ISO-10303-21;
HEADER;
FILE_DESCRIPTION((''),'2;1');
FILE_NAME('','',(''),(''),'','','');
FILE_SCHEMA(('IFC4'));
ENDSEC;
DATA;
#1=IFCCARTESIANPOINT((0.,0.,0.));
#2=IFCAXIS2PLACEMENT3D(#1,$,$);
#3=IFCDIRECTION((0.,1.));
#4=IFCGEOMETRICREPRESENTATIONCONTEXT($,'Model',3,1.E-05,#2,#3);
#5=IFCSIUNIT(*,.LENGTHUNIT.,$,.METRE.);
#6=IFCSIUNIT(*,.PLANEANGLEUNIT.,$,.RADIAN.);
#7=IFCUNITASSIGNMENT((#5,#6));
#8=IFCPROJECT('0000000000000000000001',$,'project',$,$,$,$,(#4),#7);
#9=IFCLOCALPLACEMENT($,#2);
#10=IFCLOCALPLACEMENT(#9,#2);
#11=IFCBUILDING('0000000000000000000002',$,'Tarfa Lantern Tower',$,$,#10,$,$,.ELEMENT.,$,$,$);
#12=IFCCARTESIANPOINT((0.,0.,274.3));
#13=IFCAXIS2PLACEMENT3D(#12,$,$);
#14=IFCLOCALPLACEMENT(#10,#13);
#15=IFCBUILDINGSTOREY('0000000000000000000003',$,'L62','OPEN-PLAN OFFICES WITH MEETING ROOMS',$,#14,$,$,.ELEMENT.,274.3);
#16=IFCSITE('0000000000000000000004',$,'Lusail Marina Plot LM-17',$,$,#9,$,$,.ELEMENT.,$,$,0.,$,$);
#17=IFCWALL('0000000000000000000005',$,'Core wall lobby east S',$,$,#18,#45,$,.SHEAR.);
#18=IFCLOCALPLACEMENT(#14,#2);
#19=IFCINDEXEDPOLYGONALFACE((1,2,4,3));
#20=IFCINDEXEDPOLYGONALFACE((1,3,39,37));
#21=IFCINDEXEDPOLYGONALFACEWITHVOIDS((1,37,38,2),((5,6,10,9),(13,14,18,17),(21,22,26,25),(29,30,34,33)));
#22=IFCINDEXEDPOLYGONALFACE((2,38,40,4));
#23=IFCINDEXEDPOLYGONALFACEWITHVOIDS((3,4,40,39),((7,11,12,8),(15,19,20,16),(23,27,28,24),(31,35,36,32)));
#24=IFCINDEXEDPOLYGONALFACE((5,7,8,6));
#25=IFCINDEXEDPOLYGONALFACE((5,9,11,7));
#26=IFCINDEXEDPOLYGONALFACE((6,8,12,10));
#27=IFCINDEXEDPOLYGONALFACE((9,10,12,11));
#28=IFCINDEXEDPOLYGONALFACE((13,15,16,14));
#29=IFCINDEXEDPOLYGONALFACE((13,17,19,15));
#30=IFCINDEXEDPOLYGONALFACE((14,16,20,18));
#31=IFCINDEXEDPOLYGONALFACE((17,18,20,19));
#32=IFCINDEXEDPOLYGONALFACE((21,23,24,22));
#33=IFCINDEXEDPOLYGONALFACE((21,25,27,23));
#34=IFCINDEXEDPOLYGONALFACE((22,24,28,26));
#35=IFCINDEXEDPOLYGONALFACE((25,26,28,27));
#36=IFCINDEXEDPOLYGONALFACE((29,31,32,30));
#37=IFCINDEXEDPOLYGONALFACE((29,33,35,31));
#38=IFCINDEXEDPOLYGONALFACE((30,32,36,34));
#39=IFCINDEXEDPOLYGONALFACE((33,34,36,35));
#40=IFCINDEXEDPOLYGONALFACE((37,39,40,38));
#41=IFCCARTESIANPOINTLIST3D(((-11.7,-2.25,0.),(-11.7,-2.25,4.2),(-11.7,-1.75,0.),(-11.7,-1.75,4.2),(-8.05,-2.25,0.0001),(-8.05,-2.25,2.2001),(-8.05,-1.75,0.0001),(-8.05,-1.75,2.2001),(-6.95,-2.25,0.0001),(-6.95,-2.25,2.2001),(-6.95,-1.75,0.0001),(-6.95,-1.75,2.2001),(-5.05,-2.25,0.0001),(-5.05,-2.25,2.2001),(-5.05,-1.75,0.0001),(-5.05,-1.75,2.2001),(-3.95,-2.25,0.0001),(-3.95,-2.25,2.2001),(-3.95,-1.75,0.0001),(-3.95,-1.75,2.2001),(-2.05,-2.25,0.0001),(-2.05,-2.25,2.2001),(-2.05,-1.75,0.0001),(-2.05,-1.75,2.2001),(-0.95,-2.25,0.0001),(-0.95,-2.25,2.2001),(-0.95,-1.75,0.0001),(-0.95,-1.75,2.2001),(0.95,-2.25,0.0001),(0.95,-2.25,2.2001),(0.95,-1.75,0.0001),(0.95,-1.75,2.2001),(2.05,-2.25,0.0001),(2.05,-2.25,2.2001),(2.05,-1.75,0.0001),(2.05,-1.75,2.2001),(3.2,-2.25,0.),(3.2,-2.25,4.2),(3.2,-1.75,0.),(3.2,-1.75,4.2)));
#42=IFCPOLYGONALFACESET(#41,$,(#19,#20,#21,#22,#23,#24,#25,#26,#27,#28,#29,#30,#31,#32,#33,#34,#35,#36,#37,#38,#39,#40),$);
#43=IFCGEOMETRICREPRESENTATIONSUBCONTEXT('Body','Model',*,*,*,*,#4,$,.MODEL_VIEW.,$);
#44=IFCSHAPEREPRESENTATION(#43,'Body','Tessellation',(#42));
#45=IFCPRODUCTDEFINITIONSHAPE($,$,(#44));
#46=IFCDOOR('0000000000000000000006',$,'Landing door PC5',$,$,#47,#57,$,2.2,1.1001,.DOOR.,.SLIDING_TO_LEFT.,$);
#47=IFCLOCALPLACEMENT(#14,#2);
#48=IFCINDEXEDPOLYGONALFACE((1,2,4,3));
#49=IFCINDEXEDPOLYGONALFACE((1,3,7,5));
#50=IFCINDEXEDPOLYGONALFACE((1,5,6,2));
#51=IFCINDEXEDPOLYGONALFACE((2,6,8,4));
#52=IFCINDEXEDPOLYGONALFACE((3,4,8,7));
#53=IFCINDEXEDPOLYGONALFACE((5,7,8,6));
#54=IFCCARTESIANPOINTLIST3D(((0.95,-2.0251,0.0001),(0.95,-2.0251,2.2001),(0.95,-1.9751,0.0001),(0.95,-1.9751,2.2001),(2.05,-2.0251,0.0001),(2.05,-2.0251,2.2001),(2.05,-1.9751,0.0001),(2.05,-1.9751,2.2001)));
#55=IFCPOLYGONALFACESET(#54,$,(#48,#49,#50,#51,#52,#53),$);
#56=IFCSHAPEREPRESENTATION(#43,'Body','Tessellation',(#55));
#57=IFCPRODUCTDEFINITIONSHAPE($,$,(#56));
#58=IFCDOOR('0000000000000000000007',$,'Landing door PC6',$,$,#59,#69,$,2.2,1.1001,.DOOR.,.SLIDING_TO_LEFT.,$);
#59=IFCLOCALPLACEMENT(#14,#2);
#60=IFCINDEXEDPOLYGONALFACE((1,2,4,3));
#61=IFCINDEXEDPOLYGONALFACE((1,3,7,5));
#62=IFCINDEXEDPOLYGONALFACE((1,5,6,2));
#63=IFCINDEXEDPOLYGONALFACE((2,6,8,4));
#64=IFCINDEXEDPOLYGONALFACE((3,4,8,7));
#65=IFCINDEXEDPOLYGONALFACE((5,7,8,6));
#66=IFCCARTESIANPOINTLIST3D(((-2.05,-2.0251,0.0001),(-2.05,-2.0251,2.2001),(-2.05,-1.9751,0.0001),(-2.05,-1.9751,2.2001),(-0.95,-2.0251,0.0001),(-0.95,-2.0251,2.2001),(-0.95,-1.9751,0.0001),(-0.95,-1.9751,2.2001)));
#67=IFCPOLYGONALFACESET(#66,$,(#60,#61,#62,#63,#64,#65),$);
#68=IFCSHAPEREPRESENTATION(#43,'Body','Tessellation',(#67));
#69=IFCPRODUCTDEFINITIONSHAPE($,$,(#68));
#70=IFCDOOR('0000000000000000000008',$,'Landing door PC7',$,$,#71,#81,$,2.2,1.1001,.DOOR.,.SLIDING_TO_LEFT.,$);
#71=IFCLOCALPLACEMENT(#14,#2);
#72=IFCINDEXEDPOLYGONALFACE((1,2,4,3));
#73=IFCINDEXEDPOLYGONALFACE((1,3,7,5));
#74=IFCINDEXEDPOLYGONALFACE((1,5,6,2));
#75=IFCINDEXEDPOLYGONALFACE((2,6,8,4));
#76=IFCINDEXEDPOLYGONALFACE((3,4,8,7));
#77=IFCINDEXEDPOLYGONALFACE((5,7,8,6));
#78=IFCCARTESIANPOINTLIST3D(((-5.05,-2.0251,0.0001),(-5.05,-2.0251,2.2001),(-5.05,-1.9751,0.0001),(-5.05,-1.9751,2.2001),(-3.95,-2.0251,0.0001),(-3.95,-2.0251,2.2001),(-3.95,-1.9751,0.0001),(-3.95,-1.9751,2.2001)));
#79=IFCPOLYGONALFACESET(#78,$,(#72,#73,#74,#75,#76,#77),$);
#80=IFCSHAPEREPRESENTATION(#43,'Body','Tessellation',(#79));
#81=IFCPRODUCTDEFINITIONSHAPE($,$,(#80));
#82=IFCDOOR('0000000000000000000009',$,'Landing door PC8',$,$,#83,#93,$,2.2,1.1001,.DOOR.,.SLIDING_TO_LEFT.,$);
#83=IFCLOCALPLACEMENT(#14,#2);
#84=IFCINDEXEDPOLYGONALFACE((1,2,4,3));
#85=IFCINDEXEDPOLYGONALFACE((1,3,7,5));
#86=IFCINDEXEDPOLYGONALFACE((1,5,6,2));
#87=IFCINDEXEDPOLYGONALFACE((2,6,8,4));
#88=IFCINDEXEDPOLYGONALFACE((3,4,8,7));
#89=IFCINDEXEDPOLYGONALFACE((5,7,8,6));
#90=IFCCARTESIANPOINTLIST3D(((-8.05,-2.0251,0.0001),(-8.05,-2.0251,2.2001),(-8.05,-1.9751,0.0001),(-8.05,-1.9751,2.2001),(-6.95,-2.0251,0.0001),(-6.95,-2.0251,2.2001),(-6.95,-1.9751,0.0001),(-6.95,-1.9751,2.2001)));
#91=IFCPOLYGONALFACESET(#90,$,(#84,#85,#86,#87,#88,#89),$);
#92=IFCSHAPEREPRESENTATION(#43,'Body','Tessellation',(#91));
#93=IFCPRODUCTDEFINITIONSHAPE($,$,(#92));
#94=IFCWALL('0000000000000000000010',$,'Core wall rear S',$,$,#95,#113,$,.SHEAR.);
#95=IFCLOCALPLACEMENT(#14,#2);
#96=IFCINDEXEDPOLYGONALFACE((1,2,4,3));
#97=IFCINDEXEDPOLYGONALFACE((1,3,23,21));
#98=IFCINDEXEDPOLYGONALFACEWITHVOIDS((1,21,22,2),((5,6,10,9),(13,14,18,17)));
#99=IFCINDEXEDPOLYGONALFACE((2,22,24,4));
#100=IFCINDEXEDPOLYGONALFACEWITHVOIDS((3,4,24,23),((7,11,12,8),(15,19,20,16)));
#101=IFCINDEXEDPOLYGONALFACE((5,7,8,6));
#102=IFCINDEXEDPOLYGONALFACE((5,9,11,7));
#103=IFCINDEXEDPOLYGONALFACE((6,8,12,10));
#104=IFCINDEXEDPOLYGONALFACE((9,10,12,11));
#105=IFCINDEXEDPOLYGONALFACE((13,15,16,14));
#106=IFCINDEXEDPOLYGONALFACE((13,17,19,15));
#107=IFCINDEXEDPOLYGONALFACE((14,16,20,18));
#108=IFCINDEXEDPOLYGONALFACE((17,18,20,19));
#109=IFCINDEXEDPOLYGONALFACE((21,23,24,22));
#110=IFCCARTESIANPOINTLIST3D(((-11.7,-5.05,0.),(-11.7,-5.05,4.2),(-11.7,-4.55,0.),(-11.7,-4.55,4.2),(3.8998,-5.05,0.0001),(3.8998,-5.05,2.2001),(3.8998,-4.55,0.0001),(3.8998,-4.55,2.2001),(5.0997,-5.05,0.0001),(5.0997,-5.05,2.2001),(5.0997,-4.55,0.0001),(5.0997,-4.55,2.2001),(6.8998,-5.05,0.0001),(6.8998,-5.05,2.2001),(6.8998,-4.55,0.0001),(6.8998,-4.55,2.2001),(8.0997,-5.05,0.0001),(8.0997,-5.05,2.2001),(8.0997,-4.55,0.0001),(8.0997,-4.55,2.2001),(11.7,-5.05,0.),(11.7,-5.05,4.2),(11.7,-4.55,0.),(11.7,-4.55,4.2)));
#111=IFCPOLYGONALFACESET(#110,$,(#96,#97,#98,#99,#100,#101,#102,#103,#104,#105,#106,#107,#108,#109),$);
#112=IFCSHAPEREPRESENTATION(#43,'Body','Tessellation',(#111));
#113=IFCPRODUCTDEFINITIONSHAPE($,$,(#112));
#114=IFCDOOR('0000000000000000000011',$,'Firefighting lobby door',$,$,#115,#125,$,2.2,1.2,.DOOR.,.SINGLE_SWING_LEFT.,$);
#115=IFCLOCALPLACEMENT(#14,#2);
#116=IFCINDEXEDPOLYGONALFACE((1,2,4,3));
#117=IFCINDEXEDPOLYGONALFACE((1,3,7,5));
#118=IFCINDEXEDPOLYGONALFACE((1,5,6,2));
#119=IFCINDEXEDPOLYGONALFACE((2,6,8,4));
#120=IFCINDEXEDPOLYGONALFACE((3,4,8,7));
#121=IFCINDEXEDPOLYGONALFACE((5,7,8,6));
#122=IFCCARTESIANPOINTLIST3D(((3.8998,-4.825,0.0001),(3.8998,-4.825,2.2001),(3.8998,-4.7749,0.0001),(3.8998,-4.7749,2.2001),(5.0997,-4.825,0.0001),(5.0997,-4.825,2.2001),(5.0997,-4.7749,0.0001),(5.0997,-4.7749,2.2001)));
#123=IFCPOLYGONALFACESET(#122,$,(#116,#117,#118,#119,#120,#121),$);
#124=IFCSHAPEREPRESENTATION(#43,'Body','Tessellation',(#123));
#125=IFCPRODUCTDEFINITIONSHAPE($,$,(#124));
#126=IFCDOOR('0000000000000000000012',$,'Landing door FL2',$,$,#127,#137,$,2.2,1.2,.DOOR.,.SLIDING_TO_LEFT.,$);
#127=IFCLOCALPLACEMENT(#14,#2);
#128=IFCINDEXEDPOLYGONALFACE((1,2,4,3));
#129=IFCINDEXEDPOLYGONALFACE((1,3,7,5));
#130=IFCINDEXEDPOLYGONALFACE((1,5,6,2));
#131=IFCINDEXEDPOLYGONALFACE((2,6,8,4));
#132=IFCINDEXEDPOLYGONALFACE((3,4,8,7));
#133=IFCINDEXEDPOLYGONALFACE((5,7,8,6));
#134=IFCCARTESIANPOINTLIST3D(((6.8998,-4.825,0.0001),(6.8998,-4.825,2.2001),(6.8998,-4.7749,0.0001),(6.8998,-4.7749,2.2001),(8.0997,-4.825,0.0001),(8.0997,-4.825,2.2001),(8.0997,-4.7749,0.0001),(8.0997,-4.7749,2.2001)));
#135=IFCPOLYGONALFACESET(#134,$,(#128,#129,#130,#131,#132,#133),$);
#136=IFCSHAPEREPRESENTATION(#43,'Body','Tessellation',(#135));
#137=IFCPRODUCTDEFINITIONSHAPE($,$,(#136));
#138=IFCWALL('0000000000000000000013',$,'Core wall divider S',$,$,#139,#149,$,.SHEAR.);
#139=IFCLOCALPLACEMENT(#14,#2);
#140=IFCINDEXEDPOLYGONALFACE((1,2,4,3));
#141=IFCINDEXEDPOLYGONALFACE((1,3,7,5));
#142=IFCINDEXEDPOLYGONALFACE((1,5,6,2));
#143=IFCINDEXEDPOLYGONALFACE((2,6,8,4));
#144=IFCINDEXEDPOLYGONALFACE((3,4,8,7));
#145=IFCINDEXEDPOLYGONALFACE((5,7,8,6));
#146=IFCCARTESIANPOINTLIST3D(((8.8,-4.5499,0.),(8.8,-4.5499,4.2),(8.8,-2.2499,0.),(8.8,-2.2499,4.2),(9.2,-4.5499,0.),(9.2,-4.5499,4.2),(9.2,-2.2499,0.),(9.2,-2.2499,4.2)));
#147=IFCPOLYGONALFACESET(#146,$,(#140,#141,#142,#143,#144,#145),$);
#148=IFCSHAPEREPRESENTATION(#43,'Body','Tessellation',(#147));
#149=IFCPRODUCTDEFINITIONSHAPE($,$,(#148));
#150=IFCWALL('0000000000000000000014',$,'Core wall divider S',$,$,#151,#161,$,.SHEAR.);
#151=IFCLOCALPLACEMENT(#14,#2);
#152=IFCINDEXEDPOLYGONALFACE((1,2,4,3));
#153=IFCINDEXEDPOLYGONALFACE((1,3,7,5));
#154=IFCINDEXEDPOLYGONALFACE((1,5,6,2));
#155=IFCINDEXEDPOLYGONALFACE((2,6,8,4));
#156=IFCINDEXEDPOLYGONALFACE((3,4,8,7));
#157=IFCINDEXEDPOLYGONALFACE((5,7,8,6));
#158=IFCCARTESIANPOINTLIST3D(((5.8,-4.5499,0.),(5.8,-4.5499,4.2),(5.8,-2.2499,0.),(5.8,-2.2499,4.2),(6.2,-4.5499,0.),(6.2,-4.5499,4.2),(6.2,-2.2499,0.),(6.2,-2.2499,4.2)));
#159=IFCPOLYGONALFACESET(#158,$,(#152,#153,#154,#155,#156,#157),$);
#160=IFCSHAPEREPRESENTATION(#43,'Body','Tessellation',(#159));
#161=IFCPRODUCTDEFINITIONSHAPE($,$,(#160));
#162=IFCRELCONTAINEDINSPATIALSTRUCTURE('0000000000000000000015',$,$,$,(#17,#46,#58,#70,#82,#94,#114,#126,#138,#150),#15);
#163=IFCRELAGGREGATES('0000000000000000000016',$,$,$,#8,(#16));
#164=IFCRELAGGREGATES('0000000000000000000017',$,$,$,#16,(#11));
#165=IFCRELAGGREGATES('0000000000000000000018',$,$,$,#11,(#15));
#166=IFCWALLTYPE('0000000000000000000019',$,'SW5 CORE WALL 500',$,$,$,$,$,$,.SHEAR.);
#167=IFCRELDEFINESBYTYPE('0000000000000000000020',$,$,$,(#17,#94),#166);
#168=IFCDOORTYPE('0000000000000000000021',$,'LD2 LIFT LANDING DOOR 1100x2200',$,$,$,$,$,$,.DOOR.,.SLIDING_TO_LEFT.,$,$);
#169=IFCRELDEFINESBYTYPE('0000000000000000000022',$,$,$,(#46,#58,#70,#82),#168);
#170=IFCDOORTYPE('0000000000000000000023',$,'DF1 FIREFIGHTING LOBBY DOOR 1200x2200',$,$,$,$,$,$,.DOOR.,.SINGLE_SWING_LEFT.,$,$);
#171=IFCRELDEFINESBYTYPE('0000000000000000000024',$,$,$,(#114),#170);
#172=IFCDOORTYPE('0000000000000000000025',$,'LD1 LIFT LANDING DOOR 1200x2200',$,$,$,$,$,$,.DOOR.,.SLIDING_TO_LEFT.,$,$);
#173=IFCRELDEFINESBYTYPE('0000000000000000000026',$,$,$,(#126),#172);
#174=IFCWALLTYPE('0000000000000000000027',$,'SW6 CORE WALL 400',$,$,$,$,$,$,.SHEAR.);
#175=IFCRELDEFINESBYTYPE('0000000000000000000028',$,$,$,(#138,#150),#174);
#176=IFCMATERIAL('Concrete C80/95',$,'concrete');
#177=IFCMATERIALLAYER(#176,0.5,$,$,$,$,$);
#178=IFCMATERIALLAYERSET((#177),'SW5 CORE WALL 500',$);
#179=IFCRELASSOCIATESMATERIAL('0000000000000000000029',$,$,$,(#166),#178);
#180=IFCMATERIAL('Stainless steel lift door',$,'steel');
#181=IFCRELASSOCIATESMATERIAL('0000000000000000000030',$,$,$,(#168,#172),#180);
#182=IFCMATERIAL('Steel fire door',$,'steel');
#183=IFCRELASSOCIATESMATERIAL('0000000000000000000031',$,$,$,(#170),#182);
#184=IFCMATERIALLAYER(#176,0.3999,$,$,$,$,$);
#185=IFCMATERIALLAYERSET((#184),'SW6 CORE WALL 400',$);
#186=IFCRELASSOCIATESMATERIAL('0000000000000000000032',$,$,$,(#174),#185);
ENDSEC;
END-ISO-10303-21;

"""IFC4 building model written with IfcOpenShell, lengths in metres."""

from ifc_helpers import new_model, si_unit, direction, frame, frame_2d, origin, place, context, subcontext, project, spatial, rectangle, extrude, material, layer, layer_set, type_object, element, fill, save


model = new_model("IFC4")

# Units and contexts
model_context = context("Model", 3, precision=1e-05, world=origin(), true_north=direction((0.0, 1.0)))
body_context = subcontext(model_context, "Body", "Model", "MODEL_VIEW")
ifc_project = project(units=[si_unit("LENGTHUNIT", "METRE"), si_unit("PLANEANGLEUNIT", "RADIAN")], contexts=[model_context])

# Site, building, storey
site_placement = place(None, origin())
site = spatial("IfcSite", under=ifc_project, at=site_placement, Name="Lusail Marina Plot LM-17", CompositionType="ELEMENT", RefElevation=0.0)
building_placement = place(site_placement, origin())
building = spatial("IfcBuilding", under=site, at=building_placement, Name="Tarfa Lantern Tower", CompositionType="ELEMENT")
storey_placement = place(building_placement, frame((0.0, 0.0, 274.3)))
storey = spatial("IfcBuildingStorey", under=building, at=storey_placement, Name="L62", Description="OPEN-PLAN OFFICES WITH MEETING ROOMS", CompositionType="ELEMENT", Elevation=274.3)

# Shared definitions
ifc_material_1 = material(Name="Concrete C80/95", Category="concrete")

# Shared definitions
ifc_material_2 = material(Name="Steel fire door", Category="steel")

# Shared definitions
ifc_layer_1 = layer(ifc_material_1, 0.5)
ifc_layer_set_1 = layer_set([ifc_layer_1], Name="SW5 CORE WALL 500")
wall_type_1 = type_object("IfcWallType", Name="SW5 CORE WALL 500", PredefinedType="SHEAR", material=ifc_layer_set_1)

# Walls, openings, doors
wall_1_placement = place(storey_placement, frame((3.2, -2.0, 0.0), z_axis=(0.0, 0.0, 1.0), x_axis=(-1.0, 0.0, 0.0)))
wall_1 = element("IfcWall", 1, at=wall_1_placement, inside=storey, type_object=wall_type_1, Name="Core wall lobby east S", PredefinedType="SHEAR", context=body_context, shape_type="SweptSolid", body=[
    extrude(rectangle(XDim=14.8999, YDim=0.5, at=frame_2d((7.45, 0.0))), origin(), (0.0, 0.0, 1.0), 4.2),
])
opening_1_placement = place(wall_1_placement, frame((1.1499, 0.0, 0.0)))
opening_1 = element("IfcOpeningElement", 2, at=opening_1_placement, cuts=wall_1, PredefinedType="OPENING", context=body_context, shape_type="SweptSolid", body=[
    extrude(rectangle(XDim=1.1001, YDim=2.2, at=frame_2d((0.55, 1.1001))), frame((0.0, 0.26, 0.0), z_axis=(0.0, -1.0, 0.0), x_axis=(1.0, 0.0, 0.0)), (0.0, 0.0, 1.0), 0.52),
])
opening_2_placement = place(wall_1_placement, frame((4.1499, 0.0, 0.0)))
opening_2 = element("IfcOpeningElement", 3, at=opening_2_placement, cuts=wall_1, PredefinedType="OPENING", context=body_context, shape_type="SweptSolid", body=[
    extrude(rectangle(XDim=1.1001, YDim=2.2, at=frame_2d((0.55, 1.1001))), frame((0.0, 0.26, 0.0), z_axis=(0.0, -1.0, 0.0), x_axis=(1.0, 0.0, 0.0)), (0.0, 0.0, 1.0), 0.52),
])
opening_3_placement = place(wall_1_placement, frame((7.1499, 0.0, 0.0)))
opening_3 = element("IfcOpeningElement", 4, at=opening_3_placement, cuts=wall_1, PredefinedType="OPENING", context=body_context, shape_type="SweptSolid", body=[
    extrude(rectangle(XDim=1.1001, YDim=2.2, at=frame_2d((0.55, 1.1001))), frame((0.0, 0.26, 0.0), z_axis=(0.0, -1.0, 0.0), x_axis=(1.0, 0.0, 0.0)), (0.0, 0.0, 1.0), 0.52),
])
opening_4_placement = place(wall_1_placement, frame((10.1499, 0.0, 0.0)))
opening_4 = element("IfcOpeningElement", 5, at=opening_4_placement, cuts=wall_1, PredefinedType="OPENING", context=body_context, shape_type="SweptSolid", body=[
    extrude(rectangle(XDim=1.1001, YDim=2.2, at=frame_2d((0.55, 1.1001))), frame((0.0, 0.26, 0.0), z_axis=(0.0, -1.0, 0.0), x_axis=(1.0, 0.0, 0.0)), (0.0, 0.0, 1.0), 0.52),
])
ifc_material_3 = material(Name="Stainless steel lift door", Category="steel")
door_type_1 = type_object("IfcDoorType", Name="LD2 LIFT LANDING DOOR 1100x2200", OperationType="SLIDING_TO_LEFT", PredefinedType="DOOR", material=ifc_material_3)
door_1_placement = place(opening_1_placement, frame((1.1001, 0.0, 0.0), z_axis=(0.0, 0.0, 1.0), x_axis=(-1.0, 0.0, 0.0)))
door_1 = element("IfcDoor", 6, at=door_1_placement, inside=storey, type_object=door_type_1, Name="Landing door PC5", OperationType="SLIDING_TO_LEFT", OverallHeight=2.2, OverallWidth=1.1001, PredefinedType="DOOR", context=body_context, shape_type="SweptSolid", body=[
    extrude(rectangle(XDim=1.1001, YDim=2.2, at=frame_2d((0.55, 1.1001))), frame((0.0, 0.0249, 0.0), z_axis=(0.0, -1.0, 0.0), x_axis=(1.0, 0.0, 0.0)), (0.0, 0.0, 1.0), 0.05),
])
fill(opening_1, door_1)
door_2_placement = place(opening_2_placement, frame((1.1001, 0.0, 0.0), z_axis=(0.0, 0.0, 1.0), x_axis=(-1.0, 0.0, 0.0)))
door_2 = element("IfcDoor", 7, at=door_2_placement, inside=storey, type_object=door_type_1, Name="Landing door PC6", OperationType="SLIDING_TO_LEFT", OverallHeight=2.2, OverallWidth=1.1001, PredefinedType="DOOR", context=body_context, shape_type="SweptSolid", body=[
    extrude(rectangle(XDim=1.1001, YDim=2.2, at=frame_2d((0.55, 1.1001))), frame((0.0, 0.0249, 0.0), z_axis=(0.0, -1.0, 0.0), x_axis=(1.0, 0.0, 0.0)), (0.0, 0.0, 1.0), 0.05),
])
fill(opening_2, door_2)
door_3_placement = place(opening_3_placement, frame((1.1001, 0.0, 0.0), z_axis=(0.0, 0.0, 1.0), x_axis=(-1.0, 0.0, 0.0)))
door_3 = element("IfcDoor", 8, at=door_3_placement, inside=storey, type_object=door_type_1, Name="Landing door PC7", OperationType="SLIDING_TO_LEFT", OverallHeight=2.2, OverallWidth=1.1001, PredefinedType="DOOR", context=body_context, shape_type="SweptSolid", body=[
    extrude(rectangle(XDim=1.1001, YDim=2.2, at=frame_2d((0.55, 1.1001))), frame((0.0, 0.0249, 0.0), z_axis=(0.0, -1.0, 0.0), x_axis=(1.0, 0.0, 0.0)), (0.0, 0.0, 1.0), 0.05),
])
fill(opening_3, door_3)
door_4_placement = place(opening_4_placement, frame((1.1001, 0.0, 0.0), z_axis=(0.0, 0.0, 1.0), x_axis=(-1.0, 0.0, 0.0)))
door_4 = element("IfcDoor", 9, at=door_4_placement, inside=storey, type_object=door_type_1, Name="Landing door PC8", OperationType="SLIDING_TO_LEFT", OverallHeight=2.2, OverallWidth=1.1001, PredefinedType="DOOR", context=body_context, shape_type="SweptSolid", body=[
    extrude(rectangle(XDim=1.1001, YDim=2.2, at=frame_2d((0.55, 1.1001))), frame((0.0, 0.0249, 0.0), z_axis=(0.0, -1.0, 0.0), x_axis=(1.0, 0.0, 0.0)), (0.0, 0.0, 1.0), 0.05),
])
fill(opening_4, door_4)
wall_2_placement = place(storey_placement, frame((11.7, -4.8, 0.0), z_axis=(0.0, 0.0, 1.0), x_axis=(-1.0, 0.0, 0.0)))
wall_2 = element("IfcWall", 10, at=wall_2_placement, inside=storey, type_object=wall_type_1, Name="Core wall rear S", PredefinedType="SHEAR", context=body_context, shape_type="SweptSolid", body=[
    extrude(rectangle(XDim=23.3999, YDim=0.5, at=frame_2d((11.7, 0.0))), origin(), (0.0, 0.0, 1.0), 4.2),
])
opening_5_placement = place(wall_2_placement, frame((6.6001, 0.0, 0.0)))
opening_5 = element("IfcOpeningElement", 11, at=opening_5_placement, cuts=wall_2, PredefinedType="OPENING", context=body_context, shape_type="SweptSolid", body=[
    extrude(rectangle(XDim=1.2, YDim=2.2, at=frame_2d((0.6001, 1.1001))), frame((0.0, 0.26, 0.0), z_axis=(0.0, -1.0, 0.0), x_axis=(1.0, 0.0, 0.0)), (0.0, 0.0, 1.0), 0.52),
])
opening_6_placement = place(wall_2_placement, frame((3.6001, 0.0, 0.0)))
opening_6 = element("IfcOpeningElement", 12, at=opening_6_placement, cuts=wall_2, PredefinedType="OPENING", context=body_context, shape_type="SweptSolid", body=[
    extrude(rectangle(XDim=1.2, YDim=2.2, at=frame_2d((0.6001, 1.1001))), frame((0.0, 0.26, 0.0), z_axis=(0.0, -1.0, 0.0), x_axis=(1.0, 0.0, 0.0)), (0.0, 0.0, 1.0), 0.52),
])
door_type_2 = type_object("IfcDoorType", Name="DF1 FIREFIGHTING LOBBY DOOR 1200x2200", OperationType="SINGLE_SWING_LEFT", PredefinedType="DOOR", material=ifc_material_2)
door_5_placement = place(opening_5_placement, origin())
door_5 = element("IfcDoor", 13, at=door_5_placement, inside=storey, type_object=door_type_2, Name="Firefighting lobby door", OperationType="SINGLE_SWING_LEFT", OverallHeight=2.2, OverallWidth=1.2, PredefinedType="DOOR", context=body_context, shape_type="SweptSolid", body=[
    extrude(rectangle(XDim=1.2, YDim=2.2, at=frame_2d((0.6001, 1.1001))), frame((0.0, 0.0249, 0.0), z_axis=(0.0, -1.0, 0.0), x_axis=(1.0, 0.0, 0.0)), (0.0, 0.0, 1.0), 0.05),
])
fill(opening_5, door_5)
door_type_3 = type_object("IfcDoorType", Name="LD1 LIFT LANDING DOOR 1200x2200", OperationType="SLIDING_TO_LEFT", PredefinedType="DOOR", material=ifc_material_3)
door_6_placement = place(opening_6_placement, origin())
door_6 = element("IfcDoor", 14, at=door_6_placement, inside=storey, type_object=door_type_3, Name="Landing door FL2", OperationType="SLIDING_TO_LEFT", OverallHeight=2.2, OverallWidth=1.2, PredefinedType="DOOR", context=body_context, shape_type="SweptSolid", body=[
    extrude(rectangle(XDim=1.2, YDim=2.2, at=frame_2d((0.6001, 1.1001))), frame((0.0, 0.0249, 0.0), z_axis=(0.0, -1.0, 0.0), x_axis=(1.0, 0.0, 0.0)), (0.0, 0.0, 1.0), 0.05),
])
fill(opening_6, door_6)

# Walls
ifc_layer_2 = layer(ifc_material_1, 0.3999)
ifc_layer_set_2 = layer_set([ifc_layer_2], Name="SW6 CORE WALL 400")
wall_type_2 = type_object("IfcWallType", Name="SW6 CORE WALL 400", PredefinedType="SHEAR", material=ifc_layer_set_2)
for number, where, z_axis, x_axis, name in (
    (15, (9.0, -2.25, 0.0), (0.0, 0.0, 1.0), (0.0, -1.0, 0.0), "Core wall divider S"),
    (16, (6.0, -2.25, 0.0), (0.0, 0.0, 1.0), (0.0, -1.0, 0.0), "Core wall divider S"),
):
    element("IfcWall", number, at=place(storey_placement, frame(where, z_axis=z_axis, x_axis=x_axis)), inside=storey, type_object=wall_type_2, Name=name, PredefinedType="SHEAR", context=body_context, shape_type="SweptSolid", body=[
        extrude(rectangle(XDim=2.3, YDim=0.3999, at=frame_2d((1.1499, 0.0))), origin(), (0.0, 0.0, 1.0), 4.2),
    ])

save(model, "model.ifc")
